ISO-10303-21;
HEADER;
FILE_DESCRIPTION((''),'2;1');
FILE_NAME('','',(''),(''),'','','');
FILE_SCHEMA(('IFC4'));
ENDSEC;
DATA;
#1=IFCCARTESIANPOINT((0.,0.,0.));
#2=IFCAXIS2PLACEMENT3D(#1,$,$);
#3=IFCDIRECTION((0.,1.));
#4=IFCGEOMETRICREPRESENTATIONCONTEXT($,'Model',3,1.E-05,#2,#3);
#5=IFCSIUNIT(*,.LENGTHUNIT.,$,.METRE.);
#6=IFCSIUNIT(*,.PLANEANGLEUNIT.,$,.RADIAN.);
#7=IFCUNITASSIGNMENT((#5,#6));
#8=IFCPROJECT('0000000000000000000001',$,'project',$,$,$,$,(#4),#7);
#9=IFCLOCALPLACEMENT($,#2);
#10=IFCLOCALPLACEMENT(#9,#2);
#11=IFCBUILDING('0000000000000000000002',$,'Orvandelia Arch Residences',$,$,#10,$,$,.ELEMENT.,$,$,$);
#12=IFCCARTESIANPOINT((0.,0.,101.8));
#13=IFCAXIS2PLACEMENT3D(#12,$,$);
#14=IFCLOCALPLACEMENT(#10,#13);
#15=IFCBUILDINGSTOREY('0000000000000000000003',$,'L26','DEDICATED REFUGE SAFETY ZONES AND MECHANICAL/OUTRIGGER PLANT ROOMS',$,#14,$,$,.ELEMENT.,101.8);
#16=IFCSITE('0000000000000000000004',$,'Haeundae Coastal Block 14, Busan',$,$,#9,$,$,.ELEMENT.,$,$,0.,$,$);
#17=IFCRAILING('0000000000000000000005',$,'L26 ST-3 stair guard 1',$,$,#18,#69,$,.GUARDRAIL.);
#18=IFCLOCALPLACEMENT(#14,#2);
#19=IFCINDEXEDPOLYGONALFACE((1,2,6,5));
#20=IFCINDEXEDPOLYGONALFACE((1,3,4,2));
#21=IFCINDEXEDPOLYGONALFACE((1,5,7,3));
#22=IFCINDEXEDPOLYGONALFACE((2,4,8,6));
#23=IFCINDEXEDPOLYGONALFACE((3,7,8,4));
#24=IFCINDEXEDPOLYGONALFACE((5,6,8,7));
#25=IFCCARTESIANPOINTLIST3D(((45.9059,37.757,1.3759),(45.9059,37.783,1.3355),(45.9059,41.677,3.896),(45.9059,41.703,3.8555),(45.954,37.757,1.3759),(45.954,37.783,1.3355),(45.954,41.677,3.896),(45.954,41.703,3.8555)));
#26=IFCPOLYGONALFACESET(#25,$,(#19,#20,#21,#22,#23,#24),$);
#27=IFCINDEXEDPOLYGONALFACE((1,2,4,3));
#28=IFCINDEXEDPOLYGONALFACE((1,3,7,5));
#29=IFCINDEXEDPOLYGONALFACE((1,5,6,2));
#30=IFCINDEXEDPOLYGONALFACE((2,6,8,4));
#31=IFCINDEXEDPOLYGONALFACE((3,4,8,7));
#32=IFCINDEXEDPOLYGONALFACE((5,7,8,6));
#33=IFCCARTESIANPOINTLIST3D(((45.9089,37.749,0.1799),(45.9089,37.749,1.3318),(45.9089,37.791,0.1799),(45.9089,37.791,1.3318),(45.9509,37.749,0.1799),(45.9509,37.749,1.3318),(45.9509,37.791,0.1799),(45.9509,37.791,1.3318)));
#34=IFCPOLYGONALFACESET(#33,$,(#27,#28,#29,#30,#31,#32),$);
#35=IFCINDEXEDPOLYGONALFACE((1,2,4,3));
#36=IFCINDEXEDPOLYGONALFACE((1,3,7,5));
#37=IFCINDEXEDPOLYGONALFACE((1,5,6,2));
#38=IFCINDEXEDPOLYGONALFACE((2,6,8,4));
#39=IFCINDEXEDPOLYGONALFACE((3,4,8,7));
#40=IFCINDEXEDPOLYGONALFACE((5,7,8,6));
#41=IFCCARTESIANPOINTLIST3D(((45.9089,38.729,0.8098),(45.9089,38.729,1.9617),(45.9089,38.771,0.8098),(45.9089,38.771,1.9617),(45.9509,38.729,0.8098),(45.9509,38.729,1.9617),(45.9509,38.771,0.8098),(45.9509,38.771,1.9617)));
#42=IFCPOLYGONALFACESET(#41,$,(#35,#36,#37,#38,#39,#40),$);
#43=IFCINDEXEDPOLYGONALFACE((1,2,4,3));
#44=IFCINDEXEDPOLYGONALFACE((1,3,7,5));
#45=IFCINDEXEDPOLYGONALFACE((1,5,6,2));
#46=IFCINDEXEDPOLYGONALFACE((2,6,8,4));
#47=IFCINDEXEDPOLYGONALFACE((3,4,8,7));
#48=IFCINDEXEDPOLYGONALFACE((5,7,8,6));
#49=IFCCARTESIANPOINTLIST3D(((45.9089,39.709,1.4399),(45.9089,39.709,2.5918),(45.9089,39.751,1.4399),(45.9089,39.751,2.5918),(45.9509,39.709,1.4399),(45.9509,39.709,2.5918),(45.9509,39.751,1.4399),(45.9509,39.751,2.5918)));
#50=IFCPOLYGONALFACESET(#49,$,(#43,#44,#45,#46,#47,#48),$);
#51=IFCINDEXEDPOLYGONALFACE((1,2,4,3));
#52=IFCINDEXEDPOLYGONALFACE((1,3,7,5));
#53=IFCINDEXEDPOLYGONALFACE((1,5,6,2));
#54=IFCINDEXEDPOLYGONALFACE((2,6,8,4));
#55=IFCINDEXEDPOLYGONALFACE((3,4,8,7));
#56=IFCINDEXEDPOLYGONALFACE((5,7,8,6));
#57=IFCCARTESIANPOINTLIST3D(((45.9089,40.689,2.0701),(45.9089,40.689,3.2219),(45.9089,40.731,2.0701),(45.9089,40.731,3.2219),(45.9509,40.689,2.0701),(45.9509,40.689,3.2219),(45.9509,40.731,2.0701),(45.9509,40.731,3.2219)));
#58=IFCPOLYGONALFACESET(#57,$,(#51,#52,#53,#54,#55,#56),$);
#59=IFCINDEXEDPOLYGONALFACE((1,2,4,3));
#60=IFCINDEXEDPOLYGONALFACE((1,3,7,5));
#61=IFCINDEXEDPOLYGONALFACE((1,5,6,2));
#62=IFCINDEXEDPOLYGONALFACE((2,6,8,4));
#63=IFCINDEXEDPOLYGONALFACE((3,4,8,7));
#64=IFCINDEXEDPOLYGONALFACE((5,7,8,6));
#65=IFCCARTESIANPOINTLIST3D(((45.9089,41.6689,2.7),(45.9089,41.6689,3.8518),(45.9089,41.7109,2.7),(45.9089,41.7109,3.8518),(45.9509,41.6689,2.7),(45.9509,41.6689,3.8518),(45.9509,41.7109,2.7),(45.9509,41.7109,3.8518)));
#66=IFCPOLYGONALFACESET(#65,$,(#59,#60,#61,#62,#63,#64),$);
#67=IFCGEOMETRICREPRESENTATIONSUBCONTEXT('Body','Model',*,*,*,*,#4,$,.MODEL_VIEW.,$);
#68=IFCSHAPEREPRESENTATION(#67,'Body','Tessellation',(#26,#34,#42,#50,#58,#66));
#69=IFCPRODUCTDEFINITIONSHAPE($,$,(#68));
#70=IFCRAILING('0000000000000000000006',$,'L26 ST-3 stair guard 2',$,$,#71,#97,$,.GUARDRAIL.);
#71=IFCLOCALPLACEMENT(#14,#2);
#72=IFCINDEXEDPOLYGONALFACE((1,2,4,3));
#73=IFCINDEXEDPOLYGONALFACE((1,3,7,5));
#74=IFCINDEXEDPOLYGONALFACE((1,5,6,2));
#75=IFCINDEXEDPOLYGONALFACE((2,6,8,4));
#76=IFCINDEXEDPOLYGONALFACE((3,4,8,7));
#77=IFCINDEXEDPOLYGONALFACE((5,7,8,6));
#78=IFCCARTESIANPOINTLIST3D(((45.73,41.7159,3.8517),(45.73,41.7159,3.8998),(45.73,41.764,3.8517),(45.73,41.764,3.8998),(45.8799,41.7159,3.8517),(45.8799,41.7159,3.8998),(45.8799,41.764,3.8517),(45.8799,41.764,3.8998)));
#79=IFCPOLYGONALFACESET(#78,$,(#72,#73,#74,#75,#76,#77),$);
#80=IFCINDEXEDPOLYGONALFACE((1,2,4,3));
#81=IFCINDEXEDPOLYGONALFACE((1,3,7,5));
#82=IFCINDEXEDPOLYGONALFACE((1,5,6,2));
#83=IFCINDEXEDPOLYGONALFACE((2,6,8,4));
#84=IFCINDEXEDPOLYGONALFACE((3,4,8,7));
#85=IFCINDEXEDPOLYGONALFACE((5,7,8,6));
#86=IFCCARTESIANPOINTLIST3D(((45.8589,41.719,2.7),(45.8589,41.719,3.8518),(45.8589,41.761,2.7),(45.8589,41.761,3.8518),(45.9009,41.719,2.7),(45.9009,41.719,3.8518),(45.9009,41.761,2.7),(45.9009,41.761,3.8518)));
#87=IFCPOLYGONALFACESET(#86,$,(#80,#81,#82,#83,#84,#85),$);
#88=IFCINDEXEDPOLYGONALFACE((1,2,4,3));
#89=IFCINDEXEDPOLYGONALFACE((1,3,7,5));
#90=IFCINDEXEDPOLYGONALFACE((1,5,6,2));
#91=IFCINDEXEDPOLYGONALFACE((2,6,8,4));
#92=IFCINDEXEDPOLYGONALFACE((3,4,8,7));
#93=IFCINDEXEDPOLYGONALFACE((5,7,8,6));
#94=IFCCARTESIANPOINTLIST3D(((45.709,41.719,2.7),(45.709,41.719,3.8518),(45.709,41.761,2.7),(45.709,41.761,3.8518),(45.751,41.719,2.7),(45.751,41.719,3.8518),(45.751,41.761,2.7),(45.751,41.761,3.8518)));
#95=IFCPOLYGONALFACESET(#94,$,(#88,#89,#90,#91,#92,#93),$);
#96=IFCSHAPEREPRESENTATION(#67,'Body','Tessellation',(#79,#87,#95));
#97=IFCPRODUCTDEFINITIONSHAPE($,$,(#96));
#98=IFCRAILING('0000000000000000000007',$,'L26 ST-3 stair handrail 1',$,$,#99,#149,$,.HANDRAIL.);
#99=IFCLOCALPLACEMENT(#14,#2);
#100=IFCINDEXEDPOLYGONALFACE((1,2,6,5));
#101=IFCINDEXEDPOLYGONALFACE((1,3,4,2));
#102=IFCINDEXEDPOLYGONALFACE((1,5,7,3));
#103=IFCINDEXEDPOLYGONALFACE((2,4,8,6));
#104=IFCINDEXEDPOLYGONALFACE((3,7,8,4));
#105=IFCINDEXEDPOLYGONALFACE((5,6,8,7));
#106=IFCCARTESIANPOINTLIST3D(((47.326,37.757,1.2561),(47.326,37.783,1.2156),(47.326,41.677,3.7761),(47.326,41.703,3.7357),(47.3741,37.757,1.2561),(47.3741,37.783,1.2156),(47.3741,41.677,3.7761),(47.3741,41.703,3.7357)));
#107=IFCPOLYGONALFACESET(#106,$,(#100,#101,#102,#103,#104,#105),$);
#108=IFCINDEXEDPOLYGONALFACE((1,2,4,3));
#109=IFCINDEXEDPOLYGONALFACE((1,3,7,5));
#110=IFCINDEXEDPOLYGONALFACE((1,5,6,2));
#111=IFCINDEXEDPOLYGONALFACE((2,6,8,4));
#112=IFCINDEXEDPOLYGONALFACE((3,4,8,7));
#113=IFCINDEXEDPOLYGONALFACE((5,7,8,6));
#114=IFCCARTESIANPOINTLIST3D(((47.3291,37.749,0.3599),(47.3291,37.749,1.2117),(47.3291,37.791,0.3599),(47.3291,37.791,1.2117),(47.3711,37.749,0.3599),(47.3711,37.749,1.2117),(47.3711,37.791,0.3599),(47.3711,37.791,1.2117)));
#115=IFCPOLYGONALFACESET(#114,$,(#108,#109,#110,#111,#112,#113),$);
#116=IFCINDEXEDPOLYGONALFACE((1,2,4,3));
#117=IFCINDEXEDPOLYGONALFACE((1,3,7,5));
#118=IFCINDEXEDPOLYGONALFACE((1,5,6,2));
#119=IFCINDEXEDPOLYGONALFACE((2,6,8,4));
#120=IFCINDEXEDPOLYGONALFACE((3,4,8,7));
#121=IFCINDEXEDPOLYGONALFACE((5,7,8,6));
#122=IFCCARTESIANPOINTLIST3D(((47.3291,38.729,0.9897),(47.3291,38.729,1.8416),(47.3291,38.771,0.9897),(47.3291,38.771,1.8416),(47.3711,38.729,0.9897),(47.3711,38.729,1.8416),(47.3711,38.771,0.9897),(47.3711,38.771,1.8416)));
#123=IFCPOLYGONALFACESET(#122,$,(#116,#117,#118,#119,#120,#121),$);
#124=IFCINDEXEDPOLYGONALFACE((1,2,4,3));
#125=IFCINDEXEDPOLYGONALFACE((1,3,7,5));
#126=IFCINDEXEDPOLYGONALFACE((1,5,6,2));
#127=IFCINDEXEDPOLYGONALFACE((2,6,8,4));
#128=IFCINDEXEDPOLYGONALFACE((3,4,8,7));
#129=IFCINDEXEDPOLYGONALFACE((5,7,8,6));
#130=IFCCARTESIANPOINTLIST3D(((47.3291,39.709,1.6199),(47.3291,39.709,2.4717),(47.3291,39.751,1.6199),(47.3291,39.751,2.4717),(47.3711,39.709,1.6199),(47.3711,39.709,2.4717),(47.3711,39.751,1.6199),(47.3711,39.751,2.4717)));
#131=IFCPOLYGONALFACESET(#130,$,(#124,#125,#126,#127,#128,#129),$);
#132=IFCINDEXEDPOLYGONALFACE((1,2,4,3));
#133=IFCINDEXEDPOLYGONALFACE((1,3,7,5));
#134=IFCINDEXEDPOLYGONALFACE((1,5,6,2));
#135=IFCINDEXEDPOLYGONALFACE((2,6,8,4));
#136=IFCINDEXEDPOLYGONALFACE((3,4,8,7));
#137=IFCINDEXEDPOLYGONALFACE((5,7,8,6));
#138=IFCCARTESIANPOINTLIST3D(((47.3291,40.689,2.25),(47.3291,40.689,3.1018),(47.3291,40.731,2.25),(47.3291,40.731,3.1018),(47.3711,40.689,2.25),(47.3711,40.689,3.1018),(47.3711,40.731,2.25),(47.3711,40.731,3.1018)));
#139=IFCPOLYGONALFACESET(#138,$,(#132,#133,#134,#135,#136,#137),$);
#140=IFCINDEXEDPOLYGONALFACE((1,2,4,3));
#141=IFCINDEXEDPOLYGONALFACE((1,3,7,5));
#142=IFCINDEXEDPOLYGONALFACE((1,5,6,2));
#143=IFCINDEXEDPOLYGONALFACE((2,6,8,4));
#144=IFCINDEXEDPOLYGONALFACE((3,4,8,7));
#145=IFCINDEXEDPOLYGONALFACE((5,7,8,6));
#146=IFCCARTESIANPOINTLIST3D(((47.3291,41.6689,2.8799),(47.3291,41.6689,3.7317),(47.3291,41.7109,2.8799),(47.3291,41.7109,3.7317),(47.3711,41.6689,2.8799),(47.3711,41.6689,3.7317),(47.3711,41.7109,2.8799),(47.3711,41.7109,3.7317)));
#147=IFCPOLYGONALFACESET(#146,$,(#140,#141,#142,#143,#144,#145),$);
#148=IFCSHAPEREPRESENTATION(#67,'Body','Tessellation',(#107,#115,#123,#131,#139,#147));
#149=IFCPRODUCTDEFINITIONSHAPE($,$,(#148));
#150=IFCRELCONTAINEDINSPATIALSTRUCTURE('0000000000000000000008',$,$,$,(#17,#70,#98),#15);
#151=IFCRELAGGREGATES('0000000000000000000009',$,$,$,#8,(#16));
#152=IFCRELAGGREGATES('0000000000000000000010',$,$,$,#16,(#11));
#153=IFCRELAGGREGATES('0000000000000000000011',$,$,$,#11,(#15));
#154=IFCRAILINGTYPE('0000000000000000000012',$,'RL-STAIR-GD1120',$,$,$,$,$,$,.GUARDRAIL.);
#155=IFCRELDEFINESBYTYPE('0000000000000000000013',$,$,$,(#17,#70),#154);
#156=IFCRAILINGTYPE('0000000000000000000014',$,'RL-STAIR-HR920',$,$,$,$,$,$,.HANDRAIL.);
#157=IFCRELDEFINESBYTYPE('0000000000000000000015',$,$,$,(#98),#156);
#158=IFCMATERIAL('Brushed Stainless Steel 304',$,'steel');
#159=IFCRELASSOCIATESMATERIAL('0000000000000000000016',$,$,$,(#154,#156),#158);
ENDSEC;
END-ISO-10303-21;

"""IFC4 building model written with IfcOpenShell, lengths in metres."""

from ifc_helpers import new_model, si_unit, direction, frame, origin, origin_2d, place, context, subcontext, project, spatial, rectangle, extrude, material, type_object, element, save


model = new_model("IFC4")

# Units and contexts
model_context = context("Model", 3, precision=1e-05, world=origin(), true_north=direction((0.0, 1.0)))
body_context = subcontext(model_context, "Body", "Model", "MODEL_VIEW")
ifc_project = project(units=[si_unit("LENGTHUNIT", "METRE"), si_unit("PLANEANGLEUNIT", "RADIAN")], contexts=[model_context])

# Site, building, storey
site_placement = place(None, origin())
site = spatial("IfcSite", under=ifc_project, at=site_placement, Name="Haeundae Coastal Block 14, Busan", CompositionType="ELEMENT", RefElevation=0.0)
building_placement = place(site_placement, origin())
building = spatial("IfcBuilding", under=site, at=building_placement, Name="Orvandelia Arch Residences", CompositionType="ELEMENT")
storey_placement = place(building_placement, frame((0.0, 0.0, 101.8)))
storey = spatial("IfcBuildingStorey", under=building, at=storey_placement, Name="L26", Description="DEDICATED REFUGE SAFETY ZONES AND MECHANICAL/OUTRIGGER PLANT ROOMS", CompositionType="ELEMENT", Elevation=101.8)

# Railings
ifc_material_1 = material(Name="Brushed Stainless Steel 304", Category="steel")
railing_type_1 = type_object("IfcRailingType", Name="RL-STAIR-GD1120", PredefinedType="GUARDRAIL", material=ifc_material_1)
railing_1_placement = place(storey_placement, frame((45.9299, 37.77, 0.1799)))
element("IfcRailing", 1, at=railing_1_placement, inside=storey, type_object=railing_type_1, Name="L26 ST-3 stair guard 1", PredefinedType="GUARDRAIL", context=body_context, shape_type="SweptSolid", body=[
    extrude(rectangle(XDim=0.0481, YDim=0.0481, at=origin_2d()), frame((0.0, 0.0, 1.1758), z_axis=(0.0, 0.841172, 0.540768), x_axis=(-1.0, 0.0, 0.0)), (0.0, 0.0, 1.0), 4.6602),
    extrude(rectangle(XDim=0.042, YDim=0.042, at=origin_2d()), origin(), (0.0, 0.0, 1.0), 1.1519),
    extrude(rectangle(XDim=0.042, YDim=0.042, at=origin_2d()), frame((0.0, 0.98, 0.6299)), (0.0, 0.0, 1.0), 1.1519),
    extrude(rectangle(XDim=0.042, YDim=0.042, at=origin_2d()), frame((0.0, 1.96, 1.26)), (0.0, 0.0, 1.0), 1.1519),
    extrude(rectangle(XDim=0.042, YDim=0.042, at=origin_2d()), frame((0.0, 2.9399, 1.8901)), (0.0, 0.0, 1.0), 1.1519),
    extrude(rectangle(XDim=0.042, YDim=0.042, at=origin_2d()), frame((0.0, 3.9199, 2.52)), (0.0, 0.0, 1.0), 1.1519),
])
railing_2_placement = place(storey_placement, frame((45.8799, 41.74, 2.7)))
element("IfcRailing", 2, at=railing_2_placement, inside=storey, type_object=railing_type_1, Name="L26 ST-3 stair guard 2", PredefinedType="GUARDRAIL", context=body_context, shape_type="SweptSolid", body=[
    extrude(rectangle(XDim=0.0481, YDim=0.0481, at=origin_2d()), frame((0.0, 0.0, 1.1758), z_axis=(-1.0, 0.0, 0.0), x_axis=(0.0, -1.0, 0.0)), (0.0, 0.0, 1.0), 0.1499),
    extrude(rectangle(XDim=0.042, YDim=0.042, at=origin_2d()), origin(), (0.0, 0.0, 1.0), 1.1519),
    extrude(rectangle(XDim=0.042, YDim=0.042, at=origin_2d()), frame((-0.1499, 0.0, 0.0)), (0.0, 0.0, 1.0), 1.1519),
])
railing_type_2 = type_object("IfcRailingType", Name="RL-STAIR-HR920", PredefinedType="HANDRAIL", material=ifc_material_1)
railing_3_placement = place(storey_placement, frame((47.3501, 37.77, 0.3599)))
element("IfcRailing", 3, at=railing_3_placement, inside=storey, type_object=railing_type_2, Name="L26 ST-3 stair handrail 1", PredefinedType="HANDRAIL", context=body_context, shape_type="SweptSolid", body=[
    extrude(rectangle(XDim=0.0481, YDim=0.0481, at=origin_2d()), frame((0.0, 0.0, 0.876), z_axis=(0.0, 0.841172, 0.540768), x_axis=(-1.0, 0.0, 0.0)), (0.0, 0.0, 1.0), 4.6602),
    extrude(rectangle(XDim=0.042, YDim=0.042, at=origin_2d()), origin(), (0.0, 0.0, 1.0), 0.8518),
    extrude(rectangle(XDim=0.042, YDim=0.042, at=origin_2d()), frame((0.0, 0.98, 0.6299)), (0.0, 0.0, 1.0), 0.8518),
    extrude(rectangle(XDim=0.042, YDim=0.042, at=origin_2d()), frame((0.0, 1.96, 1.26)), (0.0, 0.0, 1.0), 0.8518),
    extrude(rectangle(XDim=0.042, YDim=0.042, at=origin_2d()), frame((0.0, 2.9399, 1.8901)), (0.0, 0.0, 1.0), 0.8518),
    extrude(rectangle(XDim=0.042, YDim=0.042, at=origin_2d()), frame((0.0, 3.9199, 2.52)), (0.0, 0.0, 1.0), 0.8518),
])

save(model, "model.ifc")
